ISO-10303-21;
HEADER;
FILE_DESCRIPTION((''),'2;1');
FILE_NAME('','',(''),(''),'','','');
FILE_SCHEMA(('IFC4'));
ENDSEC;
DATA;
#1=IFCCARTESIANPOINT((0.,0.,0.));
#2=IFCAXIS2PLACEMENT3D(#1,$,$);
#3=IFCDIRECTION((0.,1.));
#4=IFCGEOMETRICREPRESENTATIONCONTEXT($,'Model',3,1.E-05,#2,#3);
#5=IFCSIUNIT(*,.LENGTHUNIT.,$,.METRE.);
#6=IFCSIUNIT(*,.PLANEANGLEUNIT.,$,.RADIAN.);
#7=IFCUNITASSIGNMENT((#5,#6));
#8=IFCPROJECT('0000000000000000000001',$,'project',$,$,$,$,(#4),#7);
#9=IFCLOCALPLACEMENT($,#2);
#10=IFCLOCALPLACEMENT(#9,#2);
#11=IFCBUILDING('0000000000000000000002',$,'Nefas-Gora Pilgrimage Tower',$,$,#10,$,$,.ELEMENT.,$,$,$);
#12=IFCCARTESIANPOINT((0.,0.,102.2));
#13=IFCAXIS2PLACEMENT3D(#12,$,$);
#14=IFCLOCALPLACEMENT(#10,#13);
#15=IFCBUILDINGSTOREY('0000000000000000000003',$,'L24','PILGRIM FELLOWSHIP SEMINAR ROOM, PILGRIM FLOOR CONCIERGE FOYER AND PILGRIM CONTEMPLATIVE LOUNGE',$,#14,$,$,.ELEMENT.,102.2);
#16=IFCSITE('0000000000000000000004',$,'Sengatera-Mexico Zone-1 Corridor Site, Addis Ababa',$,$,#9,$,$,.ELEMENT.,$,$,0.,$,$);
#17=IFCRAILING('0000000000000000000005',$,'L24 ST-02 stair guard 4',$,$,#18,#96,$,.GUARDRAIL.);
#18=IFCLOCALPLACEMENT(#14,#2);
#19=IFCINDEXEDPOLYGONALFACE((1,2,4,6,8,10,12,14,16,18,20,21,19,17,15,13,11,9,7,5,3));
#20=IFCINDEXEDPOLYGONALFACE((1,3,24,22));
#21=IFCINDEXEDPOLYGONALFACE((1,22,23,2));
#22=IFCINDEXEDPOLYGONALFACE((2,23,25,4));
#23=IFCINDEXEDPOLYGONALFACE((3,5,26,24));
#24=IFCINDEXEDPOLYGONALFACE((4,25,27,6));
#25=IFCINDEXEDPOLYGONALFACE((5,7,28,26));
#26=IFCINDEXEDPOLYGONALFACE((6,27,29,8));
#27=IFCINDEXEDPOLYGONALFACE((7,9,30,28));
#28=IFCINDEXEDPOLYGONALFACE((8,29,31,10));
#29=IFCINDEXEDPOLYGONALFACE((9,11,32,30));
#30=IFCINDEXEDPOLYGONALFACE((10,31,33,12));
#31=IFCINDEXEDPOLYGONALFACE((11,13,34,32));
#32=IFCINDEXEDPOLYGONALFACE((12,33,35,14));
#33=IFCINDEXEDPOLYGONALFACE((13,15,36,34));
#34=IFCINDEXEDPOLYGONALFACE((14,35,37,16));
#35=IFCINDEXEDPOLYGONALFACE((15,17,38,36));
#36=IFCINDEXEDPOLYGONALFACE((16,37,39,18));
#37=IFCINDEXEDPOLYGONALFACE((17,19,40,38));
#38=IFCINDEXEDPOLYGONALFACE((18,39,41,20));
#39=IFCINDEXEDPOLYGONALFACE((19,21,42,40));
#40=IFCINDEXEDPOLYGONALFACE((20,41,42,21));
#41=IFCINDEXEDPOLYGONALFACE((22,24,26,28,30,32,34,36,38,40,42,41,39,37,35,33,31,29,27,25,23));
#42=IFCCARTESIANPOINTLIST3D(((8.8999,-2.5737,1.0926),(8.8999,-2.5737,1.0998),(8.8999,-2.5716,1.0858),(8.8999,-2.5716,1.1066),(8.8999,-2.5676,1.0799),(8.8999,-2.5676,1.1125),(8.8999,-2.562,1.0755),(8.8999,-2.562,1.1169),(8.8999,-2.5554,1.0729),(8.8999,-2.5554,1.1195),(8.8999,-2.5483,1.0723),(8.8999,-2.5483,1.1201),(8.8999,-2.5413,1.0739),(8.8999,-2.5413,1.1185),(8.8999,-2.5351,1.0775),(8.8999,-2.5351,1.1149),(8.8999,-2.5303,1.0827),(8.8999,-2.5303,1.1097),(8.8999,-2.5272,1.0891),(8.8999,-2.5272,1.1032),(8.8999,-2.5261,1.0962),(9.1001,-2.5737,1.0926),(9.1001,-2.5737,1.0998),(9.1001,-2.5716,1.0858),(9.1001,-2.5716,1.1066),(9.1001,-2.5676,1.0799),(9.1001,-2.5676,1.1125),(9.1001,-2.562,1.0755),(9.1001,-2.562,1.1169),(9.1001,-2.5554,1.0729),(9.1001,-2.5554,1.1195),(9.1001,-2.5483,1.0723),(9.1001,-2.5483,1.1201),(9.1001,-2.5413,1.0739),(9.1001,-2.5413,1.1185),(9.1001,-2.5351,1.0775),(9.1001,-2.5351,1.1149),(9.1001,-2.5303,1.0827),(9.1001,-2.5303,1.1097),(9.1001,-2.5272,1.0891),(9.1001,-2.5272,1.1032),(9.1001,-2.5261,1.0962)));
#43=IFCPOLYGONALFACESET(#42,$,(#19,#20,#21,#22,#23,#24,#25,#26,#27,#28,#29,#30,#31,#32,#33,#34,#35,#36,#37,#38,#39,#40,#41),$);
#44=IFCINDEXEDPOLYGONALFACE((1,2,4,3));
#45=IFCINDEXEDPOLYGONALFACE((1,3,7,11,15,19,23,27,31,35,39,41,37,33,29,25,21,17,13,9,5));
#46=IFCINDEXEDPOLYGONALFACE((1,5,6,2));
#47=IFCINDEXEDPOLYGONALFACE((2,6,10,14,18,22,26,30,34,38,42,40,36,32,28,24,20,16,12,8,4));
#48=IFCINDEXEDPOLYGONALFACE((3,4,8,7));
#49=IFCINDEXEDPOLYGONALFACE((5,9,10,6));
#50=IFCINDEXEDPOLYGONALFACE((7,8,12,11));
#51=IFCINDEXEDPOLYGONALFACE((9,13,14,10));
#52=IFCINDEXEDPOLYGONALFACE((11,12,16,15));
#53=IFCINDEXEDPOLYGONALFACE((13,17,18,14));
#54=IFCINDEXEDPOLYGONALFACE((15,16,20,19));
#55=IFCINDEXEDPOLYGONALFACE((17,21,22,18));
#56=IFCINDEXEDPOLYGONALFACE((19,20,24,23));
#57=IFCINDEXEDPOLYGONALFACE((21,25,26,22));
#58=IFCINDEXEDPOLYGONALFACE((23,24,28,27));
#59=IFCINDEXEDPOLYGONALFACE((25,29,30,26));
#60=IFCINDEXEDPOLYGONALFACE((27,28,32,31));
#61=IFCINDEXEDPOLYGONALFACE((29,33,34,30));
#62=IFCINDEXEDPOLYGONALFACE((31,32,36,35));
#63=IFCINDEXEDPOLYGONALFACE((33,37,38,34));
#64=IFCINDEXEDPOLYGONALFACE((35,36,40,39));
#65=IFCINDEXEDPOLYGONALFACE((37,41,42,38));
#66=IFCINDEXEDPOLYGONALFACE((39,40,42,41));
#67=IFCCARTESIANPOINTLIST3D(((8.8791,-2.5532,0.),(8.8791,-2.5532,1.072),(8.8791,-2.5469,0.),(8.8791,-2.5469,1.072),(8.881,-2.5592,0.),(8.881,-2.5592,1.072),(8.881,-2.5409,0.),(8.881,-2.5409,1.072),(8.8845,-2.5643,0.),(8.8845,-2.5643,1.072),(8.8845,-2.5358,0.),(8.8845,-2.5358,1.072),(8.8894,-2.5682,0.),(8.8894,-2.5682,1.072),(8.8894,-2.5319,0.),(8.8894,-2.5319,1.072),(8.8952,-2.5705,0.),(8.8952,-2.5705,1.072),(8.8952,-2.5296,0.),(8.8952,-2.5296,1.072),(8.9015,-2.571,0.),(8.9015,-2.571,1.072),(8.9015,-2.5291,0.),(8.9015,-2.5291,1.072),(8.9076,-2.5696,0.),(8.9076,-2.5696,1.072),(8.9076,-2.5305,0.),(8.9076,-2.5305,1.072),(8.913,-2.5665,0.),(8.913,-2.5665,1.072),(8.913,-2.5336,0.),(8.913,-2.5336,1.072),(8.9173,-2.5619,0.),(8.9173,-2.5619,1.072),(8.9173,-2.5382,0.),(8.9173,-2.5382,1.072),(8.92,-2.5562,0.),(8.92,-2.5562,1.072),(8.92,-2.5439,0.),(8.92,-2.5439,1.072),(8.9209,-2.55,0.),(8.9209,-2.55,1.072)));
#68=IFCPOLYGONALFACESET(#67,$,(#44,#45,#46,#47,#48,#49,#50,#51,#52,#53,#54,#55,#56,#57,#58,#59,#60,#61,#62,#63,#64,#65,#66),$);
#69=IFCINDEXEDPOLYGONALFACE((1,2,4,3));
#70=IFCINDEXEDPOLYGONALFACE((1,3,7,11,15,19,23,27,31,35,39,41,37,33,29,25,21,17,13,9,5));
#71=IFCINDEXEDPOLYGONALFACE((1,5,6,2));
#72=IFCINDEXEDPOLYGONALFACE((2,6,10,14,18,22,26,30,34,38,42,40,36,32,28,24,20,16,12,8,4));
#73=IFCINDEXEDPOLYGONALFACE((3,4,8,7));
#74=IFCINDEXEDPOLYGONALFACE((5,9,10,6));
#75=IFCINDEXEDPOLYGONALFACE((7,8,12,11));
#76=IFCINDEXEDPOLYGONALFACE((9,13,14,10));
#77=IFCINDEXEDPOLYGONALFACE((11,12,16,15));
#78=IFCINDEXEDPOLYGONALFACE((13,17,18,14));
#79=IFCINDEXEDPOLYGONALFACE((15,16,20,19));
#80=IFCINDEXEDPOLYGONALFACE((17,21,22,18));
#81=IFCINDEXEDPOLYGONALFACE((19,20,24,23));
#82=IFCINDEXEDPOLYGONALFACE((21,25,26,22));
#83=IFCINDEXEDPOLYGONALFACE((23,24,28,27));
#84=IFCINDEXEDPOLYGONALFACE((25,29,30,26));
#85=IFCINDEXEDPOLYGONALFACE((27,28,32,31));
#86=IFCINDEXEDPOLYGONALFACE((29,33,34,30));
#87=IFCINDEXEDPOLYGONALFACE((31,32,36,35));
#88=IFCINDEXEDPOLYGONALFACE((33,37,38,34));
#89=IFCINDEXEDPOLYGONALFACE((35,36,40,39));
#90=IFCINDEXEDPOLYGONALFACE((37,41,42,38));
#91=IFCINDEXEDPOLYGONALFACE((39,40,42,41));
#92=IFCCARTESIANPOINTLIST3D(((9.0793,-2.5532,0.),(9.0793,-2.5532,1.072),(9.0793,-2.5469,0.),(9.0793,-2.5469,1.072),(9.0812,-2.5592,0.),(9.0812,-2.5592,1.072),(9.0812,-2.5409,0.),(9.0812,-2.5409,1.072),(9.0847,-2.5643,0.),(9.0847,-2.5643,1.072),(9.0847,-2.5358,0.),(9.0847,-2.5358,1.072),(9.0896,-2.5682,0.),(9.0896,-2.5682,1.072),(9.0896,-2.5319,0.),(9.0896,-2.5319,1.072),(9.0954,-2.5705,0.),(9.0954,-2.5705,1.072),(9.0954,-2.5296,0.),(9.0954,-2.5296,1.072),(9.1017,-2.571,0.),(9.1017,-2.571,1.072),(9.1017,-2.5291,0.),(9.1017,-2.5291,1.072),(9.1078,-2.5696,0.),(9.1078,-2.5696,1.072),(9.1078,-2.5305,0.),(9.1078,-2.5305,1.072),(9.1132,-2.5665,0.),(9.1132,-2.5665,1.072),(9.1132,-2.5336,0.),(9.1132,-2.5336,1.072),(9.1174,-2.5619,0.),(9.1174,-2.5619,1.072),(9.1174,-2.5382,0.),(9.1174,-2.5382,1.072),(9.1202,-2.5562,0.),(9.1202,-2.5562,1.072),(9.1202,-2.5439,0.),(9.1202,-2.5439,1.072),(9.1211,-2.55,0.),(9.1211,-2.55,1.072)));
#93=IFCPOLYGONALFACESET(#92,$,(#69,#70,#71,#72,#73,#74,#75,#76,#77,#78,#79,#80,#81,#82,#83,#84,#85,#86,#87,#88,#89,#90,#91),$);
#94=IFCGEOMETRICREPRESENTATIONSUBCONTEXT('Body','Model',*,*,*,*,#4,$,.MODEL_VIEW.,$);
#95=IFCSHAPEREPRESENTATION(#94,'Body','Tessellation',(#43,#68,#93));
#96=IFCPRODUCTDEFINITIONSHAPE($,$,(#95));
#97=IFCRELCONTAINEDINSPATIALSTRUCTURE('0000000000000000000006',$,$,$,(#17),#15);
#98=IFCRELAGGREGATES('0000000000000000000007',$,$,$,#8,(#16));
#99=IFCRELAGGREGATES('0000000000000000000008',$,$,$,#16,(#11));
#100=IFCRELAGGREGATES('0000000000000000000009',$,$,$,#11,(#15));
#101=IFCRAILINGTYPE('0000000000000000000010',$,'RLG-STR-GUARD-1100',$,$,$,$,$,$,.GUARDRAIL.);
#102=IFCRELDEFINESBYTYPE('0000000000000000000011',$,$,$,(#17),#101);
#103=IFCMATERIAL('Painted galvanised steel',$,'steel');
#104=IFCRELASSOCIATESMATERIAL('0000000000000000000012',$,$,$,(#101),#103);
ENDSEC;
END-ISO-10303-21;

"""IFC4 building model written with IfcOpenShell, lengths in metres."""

from ifc_helpers import new_model, si_unit, direction, frame, origin, origin_2d, place, context, subcontext, project, spatial, circle, extrude, material, type_object, element, save


model = new_model("IFC4")

# Units and contexts
model_context = context("Model", 3, precision=1e-05, world=origin(), true_north=direction((0.0, 1.0)))
body_context = subcontext(model_context, "Body", "Model", "MODEL_VIEW")
ifc_project = project(units=[si_unit("LENGTHUNIT", "METRE"), si_unit("PLANEANGLEUNIT", "RADIAN")], contexts=[model_context])

# Site, building, storey
site_placement = place(None, origin())
site = spatial("IfcSite", under=ifc_project, at=site_placement, Name="Sengatera-Mexico Zone-1 Corridor Site, Addis Ababa", CompositionType="ELEMENT", RefElevation=0.0)
building_placement = place(site_placement, origin())
building = spatial("IfcBuilding", under=site, at=building_placement, Name="Nefas-Gora Pilgrimage Tower", CompositionType="ELEMENT")
storey_placement = place(building_placement, frame((0.0, 0.0, 102.2)))
storey = spatial("IfcBuildingStorey", under=building, at=storey_placement, Name="L24", Description="PILGRIM FELLOWSHIP SEMINAR ROOM, PILGRIM FLOOR CONCIERGE FOYER AND PILGRIM CONTEMPLATIVE LOUNGE", CompositionType="ELEMENT", Elevation=102.2)

# Railing
ifc_material_1 = material(Name="Painted galvanised steel", Category="steel")
railing_type_1 = type_object("IfcRailingType", Name="RLG-STR-GUARD-1100", PredefinedType="GUARDRAIL", material=ifc_material_1)
railing_1_placement = place(storey_placement, frame((8.8999, -2.55, 0.0)))
element("IfcRailing", 1, at=railing_1_placement, inside=storey, type_object=railing_type_1, Name="L24 ST-02 stair guard 4", PredefinedType="GUARDRAIL", context=body_context, shape_type="SweptSolid", body=[
    extrude(circle(Radius=0.0239, at=origin_2d()), frame((0.0, 0.0, 1.0962), z_axis=(1.0, 0.0, 0.0), x_axis=(0.0, 1.0, 0.0)), (0.0, 0.0, 1.0), 0.2002),
    extrude(circle(Radius=0.021, at=origin_2d()), origin(), (0.0, 0.0, 1.0), 1.072),
    extrude(circle(Radius=0.021, at=origin_2d()), frame((0.2002, 0.0, 0.0)), (0.0, 0.0, 1.0), 1.072),
])

save(model, "model.ifc")
